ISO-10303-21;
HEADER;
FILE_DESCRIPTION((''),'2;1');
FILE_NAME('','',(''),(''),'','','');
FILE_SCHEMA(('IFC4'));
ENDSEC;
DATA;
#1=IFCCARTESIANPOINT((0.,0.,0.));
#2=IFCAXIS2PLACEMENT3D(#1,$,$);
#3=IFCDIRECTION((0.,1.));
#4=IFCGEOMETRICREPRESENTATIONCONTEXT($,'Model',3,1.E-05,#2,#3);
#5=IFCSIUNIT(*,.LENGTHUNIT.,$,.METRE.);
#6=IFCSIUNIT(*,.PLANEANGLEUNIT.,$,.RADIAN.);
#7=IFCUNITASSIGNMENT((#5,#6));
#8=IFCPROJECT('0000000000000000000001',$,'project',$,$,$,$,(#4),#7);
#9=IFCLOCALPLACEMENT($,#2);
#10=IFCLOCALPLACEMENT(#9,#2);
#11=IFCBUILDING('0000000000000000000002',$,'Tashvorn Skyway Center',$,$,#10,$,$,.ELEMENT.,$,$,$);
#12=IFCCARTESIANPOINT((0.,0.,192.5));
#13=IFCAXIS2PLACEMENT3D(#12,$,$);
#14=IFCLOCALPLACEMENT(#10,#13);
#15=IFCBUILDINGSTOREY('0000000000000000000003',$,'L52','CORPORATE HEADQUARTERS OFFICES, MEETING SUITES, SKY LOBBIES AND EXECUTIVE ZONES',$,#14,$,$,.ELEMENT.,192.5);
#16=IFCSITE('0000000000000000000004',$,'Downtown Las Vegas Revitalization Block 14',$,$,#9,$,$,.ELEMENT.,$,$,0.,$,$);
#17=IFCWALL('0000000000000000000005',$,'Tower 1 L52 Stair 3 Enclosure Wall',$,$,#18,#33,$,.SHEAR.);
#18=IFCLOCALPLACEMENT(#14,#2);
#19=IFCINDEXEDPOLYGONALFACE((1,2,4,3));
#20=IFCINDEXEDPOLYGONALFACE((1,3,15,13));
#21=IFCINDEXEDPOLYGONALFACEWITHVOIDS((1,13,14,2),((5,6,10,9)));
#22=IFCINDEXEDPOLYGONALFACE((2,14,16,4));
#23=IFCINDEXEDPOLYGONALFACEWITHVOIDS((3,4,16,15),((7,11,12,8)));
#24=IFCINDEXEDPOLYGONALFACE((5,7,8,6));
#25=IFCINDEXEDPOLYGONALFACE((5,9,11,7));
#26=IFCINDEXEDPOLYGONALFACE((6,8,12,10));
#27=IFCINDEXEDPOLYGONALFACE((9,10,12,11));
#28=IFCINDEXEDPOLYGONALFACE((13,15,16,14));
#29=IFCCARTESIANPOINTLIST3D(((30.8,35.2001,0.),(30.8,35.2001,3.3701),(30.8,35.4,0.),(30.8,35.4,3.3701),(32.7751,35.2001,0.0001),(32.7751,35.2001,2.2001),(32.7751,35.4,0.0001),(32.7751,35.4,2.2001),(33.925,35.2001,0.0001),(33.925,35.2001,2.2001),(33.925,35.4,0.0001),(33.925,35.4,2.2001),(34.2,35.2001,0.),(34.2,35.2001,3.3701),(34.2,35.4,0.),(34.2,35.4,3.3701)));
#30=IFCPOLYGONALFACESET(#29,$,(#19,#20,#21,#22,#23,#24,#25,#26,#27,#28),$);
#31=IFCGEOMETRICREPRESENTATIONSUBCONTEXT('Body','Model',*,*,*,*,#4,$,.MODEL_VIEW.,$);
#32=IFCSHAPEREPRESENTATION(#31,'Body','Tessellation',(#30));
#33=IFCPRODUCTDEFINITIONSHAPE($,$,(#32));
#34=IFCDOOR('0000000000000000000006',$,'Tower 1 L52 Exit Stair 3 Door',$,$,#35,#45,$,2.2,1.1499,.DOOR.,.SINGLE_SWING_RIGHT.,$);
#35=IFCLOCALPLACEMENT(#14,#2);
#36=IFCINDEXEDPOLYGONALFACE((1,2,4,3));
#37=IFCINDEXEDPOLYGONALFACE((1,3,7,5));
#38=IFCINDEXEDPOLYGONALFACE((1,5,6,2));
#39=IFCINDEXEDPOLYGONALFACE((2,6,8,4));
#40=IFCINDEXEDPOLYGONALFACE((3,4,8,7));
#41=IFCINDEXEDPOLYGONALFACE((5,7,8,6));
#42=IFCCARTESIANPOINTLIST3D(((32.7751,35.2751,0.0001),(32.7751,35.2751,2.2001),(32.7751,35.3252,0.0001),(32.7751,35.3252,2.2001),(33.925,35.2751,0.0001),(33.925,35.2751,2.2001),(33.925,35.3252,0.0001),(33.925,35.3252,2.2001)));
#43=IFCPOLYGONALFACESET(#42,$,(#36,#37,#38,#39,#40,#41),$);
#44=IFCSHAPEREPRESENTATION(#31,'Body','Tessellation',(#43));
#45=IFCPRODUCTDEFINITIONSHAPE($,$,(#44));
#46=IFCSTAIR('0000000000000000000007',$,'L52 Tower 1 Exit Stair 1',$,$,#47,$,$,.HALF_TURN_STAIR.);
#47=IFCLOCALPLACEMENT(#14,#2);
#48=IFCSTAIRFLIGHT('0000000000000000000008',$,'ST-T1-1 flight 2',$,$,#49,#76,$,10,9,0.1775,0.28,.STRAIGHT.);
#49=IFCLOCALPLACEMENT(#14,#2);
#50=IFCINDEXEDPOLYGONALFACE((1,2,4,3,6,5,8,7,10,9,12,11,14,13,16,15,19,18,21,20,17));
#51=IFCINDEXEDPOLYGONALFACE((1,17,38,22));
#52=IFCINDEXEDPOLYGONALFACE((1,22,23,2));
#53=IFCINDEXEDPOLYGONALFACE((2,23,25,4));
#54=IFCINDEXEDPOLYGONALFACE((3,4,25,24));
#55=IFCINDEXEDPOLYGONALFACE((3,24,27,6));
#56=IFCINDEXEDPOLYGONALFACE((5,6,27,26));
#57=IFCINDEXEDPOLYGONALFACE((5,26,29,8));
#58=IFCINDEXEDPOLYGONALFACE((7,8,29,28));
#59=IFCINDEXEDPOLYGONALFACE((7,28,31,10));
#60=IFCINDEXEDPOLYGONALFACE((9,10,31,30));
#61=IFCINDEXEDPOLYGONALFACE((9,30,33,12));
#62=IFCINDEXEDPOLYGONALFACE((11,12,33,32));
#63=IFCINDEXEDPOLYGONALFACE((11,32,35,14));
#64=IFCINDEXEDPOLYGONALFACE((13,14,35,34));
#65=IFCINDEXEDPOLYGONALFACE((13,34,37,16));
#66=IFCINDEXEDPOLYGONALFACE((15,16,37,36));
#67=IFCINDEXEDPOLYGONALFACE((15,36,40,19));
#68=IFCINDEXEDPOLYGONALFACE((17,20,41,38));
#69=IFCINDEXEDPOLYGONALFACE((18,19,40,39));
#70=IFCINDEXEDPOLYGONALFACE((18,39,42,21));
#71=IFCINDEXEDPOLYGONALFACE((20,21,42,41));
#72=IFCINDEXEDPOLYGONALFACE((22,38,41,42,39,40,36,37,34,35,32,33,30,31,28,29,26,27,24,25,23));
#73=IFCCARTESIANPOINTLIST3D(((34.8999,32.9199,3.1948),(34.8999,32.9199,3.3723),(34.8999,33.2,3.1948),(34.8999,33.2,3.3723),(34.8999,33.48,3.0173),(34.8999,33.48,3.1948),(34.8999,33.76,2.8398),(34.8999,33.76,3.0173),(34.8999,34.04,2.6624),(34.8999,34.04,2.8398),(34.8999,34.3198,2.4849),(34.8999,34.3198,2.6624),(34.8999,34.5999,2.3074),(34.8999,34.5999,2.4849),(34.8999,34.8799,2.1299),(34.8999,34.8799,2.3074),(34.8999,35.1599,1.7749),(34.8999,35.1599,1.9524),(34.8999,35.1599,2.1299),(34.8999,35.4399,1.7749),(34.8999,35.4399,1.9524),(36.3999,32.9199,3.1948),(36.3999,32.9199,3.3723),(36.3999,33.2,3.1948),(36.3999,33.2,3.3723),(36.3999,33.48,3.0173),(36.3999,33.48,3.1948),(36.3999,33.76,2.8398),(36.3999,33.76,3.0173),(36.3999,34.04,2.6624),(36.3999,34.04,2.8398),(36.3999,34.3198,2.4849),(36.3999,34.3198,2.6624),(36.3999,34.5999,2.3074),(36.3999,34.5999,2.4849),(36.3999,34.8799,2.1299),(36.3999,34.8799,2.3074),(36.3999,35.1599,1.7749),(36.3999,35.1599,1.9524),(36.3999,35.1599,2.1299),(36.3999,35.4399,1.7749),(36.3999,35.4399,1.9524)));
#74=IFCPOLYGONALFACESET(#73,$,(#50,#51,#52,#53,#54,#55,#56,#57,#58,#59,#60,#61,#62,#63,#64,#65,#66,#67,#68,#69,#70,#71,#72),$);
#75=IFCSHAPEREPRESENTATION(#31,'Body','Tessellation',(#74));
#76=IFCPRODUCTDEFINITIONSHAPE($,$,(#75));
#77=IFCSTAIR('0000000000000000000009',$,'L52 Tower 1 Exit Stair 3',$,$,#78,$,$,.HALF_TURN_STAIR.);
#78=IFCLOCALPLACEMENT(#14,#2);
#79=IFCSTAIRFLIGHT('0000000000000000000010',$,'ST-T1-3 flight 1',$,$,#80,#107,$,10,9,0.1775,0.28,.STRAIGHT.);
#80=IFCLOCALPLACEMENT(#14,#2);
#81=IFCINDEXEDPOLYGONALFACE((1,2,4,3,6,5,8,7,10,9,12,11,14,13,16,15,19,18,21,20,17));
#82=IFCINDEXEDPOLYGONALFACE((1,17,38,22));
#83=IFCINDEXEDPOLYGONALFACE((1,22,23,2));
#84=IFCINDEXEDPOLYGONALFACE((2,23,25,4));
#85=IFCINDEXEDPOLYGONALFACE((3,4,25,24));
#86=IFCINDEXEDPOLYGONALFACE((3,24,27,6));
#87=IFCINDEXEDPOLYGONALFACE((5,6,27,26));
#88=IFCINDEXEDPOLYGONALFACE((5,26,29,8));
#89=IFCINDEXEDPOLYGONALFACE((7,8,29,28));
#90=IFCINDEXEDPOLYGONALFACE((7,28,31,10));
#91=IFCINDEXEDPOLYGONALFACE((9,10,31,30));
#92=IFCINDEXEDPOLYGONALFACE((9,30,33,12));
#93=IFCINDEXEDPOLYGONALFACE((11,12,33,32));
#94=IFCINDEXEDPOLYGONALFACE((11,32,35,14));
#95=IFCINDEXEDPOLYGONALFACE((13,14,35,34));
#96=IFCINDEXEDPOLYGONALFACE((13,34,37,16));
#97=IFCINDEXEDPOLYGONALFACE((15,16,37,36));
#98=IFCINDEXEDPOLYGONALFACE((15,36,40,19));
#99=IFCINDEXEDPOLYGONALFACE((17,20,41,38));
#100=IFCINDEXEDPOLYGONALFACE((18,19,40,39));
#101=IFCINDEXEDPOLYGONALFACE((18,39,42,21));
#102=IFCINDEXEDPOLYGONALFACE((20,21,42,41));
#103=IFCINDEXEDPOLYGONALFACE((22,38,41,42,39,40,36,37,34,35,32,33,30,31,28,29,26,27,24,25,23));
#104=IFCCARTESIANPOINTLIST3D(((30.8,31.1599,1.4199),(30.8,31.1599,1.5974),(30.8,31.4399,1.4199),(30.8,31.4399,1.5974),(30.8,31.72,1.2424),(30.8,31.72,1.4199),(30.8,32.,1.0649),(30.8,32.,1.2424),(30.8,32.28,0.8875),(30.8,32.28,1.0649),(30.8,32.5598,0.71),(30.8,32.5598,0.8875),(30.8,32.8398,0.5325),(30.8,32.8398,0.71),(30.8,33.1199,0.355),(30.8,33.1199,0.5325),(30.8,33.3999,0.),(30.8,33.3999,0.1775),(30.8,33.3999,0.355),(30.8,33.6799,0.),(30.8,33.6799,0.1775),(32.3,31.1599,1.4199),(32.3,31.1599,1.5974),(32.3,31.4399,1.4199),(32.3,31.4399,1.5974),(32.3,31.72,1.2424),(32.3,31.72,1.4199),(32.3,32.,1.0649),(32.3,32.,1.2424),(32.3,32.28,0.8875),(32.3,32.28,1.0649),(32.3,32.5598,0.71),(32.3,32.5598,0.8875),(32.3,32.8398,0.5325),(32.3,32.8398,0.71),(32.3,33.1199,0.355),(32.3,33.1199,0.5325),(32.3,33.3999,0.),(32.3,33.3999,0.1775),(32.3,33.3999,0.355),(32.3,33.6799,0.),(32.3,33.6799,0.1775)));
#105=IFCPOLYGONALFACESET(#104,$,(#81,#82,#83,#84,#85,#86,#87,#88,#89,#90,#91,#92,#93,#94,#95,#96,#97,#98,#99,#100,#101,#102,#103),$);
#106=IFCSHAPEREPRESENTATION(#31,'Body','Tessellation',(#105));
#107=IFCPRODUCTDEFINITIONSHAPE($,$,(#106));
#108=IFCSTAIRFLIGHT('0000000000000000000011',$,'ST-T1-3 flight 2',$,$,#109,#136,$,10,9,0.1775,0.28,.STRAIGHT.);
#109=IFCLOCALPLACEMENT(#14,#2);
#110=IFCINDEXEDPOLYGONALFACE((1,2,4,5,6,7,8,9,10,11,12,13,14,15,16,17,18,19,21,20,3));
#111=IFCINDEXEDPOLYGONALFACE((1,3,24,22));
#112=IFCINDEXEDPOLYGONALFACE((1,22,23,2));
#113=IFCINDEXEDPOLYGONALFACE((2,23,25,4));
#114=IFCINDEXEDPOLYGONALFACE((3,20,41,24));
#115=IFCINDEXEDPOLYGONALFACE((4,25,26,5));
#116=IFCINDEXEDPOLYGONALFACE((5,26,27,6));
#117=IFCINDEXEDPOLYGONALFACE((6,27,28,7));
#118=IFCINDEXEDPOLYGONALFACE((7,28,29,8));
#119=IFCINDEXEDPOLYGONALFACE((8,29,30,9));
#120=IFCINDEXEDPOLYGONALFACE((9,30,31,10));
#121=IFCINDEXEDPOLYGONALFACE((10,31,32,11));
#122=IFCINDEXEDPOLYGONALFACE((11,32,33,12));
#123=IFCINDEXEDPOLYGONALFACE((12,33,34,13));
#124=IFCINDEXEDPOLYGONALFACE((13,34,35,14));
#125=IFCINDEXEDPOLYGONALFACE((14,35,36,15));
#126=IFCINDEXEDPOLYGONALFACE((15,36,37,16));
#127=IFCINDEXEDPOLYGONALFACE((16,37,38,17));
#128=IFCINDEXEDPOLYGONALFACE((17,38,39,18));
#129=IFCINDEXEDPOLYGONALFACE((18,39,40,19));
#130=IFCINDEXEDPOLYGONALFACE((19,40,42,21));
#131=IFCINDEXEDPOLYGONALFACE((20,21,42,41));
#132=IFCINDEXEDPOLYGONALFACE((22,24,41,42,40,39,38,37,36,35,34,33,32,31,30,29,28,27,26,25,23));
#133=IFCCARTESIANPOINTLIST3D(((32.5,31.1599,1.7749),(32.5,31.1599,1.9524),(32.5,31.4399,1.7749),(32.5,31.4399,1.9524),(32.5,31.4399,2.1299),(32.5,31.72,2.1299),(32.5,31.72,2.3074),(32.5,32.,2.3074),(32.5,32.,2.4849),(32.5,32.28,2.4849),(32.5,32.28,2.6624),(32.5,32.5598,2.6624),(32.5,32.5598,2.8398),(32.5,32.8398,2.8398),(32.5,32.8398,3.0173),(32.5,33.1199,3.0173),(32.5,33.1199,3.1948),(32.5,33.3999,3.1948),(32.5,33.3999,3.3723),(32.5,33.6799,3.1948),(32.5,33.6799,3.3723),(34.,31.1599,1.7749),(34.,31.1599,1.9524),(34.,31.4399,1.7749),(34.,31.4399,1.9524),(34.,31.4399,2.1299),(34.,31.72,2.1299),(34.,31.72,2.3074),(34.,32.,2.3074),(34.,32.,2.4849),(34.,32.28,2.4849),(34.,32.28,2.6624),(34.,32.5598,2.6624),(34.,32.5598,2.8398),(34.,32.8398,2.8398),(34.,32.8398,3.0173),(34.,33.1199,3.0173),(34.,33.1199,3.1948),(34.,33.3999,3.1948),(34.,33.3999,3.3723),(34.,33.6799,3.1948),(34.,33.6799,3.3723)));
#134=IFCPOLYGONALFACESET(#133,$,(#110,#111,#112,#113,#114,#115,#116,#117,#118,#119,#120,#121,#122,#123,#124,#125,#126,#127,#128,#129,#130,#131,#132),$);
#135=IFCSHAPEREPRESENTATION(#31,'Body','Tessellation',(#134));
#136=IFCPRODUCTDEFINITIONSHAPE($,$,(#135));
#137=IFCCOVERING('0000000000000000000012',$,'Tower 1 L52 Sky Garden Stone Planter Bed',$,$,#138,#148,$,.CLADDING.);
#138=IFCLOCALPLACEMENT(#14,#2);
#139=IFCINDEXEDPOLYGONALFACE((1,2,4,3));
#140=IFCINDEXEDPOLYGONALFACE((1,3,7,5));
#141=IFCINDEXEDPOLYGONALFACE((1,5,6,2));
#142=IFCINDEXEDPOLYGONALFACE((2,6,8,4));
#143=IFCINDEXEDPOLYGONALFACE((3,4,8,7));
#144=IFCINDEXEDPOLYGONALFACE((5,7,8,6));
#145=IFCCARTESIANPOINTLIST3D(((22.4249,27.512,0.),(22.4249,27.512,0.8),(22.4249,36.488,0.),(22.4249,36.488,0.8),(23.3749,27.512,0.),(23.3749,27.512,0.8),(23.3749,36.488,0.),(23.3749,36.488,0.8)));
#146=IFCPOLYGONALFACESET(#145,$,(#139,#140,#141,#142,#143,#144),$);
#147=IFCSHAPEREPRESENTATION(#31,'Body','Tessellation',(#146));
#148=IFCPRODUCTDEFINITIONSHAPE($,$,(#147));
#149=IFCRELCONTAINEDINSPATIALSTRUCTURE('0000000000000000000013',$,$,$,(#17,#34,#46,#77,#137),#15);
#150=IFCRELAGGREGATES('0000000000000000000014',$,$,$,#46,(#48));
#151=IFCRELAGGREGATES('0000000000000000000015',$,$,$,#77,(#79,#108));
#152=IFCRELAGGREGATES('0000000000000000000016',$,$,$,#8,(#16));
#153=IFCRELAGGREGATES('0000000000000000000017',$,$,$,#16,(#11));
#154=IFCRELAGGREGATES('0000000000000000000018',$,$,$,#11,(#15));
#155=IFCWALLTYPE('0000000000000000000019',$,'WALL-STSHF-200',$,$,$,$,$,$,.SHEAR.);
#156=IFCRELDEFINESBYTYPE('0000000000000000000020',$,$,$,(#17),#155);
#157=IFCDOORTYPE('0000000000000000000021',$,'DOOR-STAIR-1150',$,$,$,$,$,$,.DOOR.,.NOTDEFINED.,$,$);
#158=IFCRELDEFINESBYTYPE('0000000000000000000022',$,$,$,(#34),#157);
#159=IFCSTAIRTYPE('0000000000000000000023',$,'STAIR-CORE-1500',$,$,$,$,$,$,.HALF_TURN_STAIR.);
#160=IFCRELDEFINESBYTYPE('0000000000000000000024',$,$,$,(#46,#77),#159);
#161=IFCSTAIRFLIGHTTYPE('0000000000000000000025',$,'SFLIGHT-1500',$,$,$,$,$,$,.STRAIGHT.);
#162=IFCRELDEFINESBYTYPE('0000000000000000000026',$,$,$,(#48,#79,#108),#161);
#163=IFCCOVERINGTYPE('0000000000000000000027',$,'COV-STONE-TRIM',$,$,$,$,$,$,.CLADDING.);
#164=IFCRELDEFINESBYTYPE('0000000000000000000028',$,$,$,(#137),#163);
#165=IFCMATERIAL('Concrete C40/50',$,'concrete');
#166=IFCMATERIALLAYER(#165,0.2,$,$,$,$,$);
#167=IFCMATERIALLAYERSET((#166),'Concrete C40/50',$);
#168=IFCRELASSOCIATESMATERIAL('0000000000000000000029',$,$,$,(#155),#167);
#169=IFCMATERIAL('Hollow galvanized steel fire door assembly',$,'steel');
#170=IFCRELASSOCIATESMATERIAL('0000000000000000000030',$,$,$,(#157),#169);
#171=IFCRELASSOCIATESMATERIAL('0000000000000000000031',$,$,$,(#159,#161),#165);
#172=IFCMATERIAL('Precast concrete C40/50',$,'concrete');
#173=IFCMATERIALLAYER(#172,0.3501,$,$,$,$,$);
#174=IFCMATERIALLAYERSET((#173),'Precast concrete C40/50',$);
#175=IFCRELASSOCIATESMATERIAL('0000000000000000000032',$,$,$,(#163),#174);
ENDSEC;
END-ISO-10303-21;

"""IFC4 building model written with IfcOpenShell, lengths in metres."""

from ifc_helpers import new_model, si_unit, direction, frame, frame_2d, origin, origin_2d, place, context, subcontext, project, spatial, polyline, rectangle, outline, extrude, material, layer, layer_set, type_object, element, fill, aggregate, save


model = new_model("IFC4")

# Units and contexts
model_context = context("Model", 3, precision=1e-05, world=origin(), true_north=direction((0.0, 1.0)))
body_context = subcontext(model_context, "Body", "Model", "MODEL_VIEW")
ifc_project = project(units=[si_unit("LENGTHUNIT", "METRE"), si_unit("PLANEANGLEUNIT", "RADIAN")], contexts=[model_context])

# Site, building, storey
site_placement = place(None, origin())
site = spatial("IfcSite", under=ifc_project, at=site_placement, Name="Downtown Las Vegas Revitalization Block 14", CompositionType="ELEMENT", RefElevation=0.0)
building_placement = place(site_placement, origin())
building = spatial("IfcBuilding", under=site, at=building_placement, Name="Tashvorn Skyway Center", CompositionType="ELEMENT")
storey_placement = place(building_placement, frame((0.0, 0.0, 192.5)))
storey = spatial("IfcBuildingStorey", under=building, at=storey_placement, Name="L52", Description="CORPORATE HEADQUARTERS OFFICES, MEETING SUITES, SKY LOBBIES AND EXECUTIVE ZONES", CompositionType="ELEMENT", Elevation=192.5)

# Shared definitions
ifc_material_1 = material(Name="Concrete C40/50", Category="concrete")
ifc_layer_1 = layer(ifc_material_1, 0.2)
ifc_layer_set_1 = layer_set([ifc_layer_1], Name="Concrete C40/50")
wall_type_1 = type_object("IfcWallType", Name="WALL-STSHF-200", PredefinedType="SHEAR", material=ifc_layer_set_1)

# Wall, opening, door
wall_1_placement = place(storey_placement, frame((34.2, 35.3, 0.0), z_axis=(0.0, 0.0, 1.0), x_axis=(-1.0, 0.0, 0.0)))
wall_1 = element("IfcWall", 1, at=wall_1_placement, inside=storey, type_object=wall_type_1, Name="Tower 1 L52 Stair 3 Enclosure Wall", PredefinedType="SHEAR", context=body_context, shape_type="SweptSolid", body=[
    extrude(rectangle(XDim=3.3999, YDim=0.2, at=frame_2d((1.7, 0.0))), origin(), (0.0, 0.0, 1.0), 3.3701),
])
opening_placement = place(wall_1_placement, frame((0.2749, 0.0, 0.0)))
opening = element("IfcOpeningElement", 2, at=opening_placement, cuts=wall_1, PredefinedType="OPENING", context=body_context, shape_type="SweptSolid", body=[
    extrude(rectangle(XDim=1.1499, YDim=2.2, at=frame_2d((0.575, 1.1001))), frame((0.0, 0.1099, 0.0), z_axis=(0.0, -1.0, 0.0), x_axis=(1.0, 0.0, 0.0)), (0.0, 0.0, 1.0), 0.22),
])
ifc_material_2 = material(Name="Hollow galvanized steel fire door assembly", Category="steel")
door_type = type_object("IfcDoorType", Name="DOOR-STAIR-1150", OperationType="NOTDEFINED", PredefinedType="DOOR", material=ifc_material_2)
door_placement = place(opening_placement, origin())
door = element("IfcDoor", 3, at=door_placement, inside=storey, type_object=door_type, Name="Tower 1 L52 Exit Stair 3 Door", OperationType="SINGLE_SWING_RIGHT", OverallHeight=2.2, OverallWidth=1.1499, PredefinedType="DOOR", context=body_context, shape_type="SweptSolid", body=[
    extrude(rectangle(XDim=1.1499, YDim=2.2, at=frame_2d((0.575, 1.1001))), frame((0.0, 0.0249, 0.0), z_axis=(0.0, -1.0, 0.0), x_axis=(1.0, 0.0, 0.0)), (0.0, 0.0, 1.0), 0.05),
])
fill(opening, door)

# Stair, stair flight
stair_type = type_object("IfcStairType", Name="STAIR-CORE-1500", PredefinedType="HALF_TURN_STAIR", material=ifc_material_1)
stair_1_placement = place(storey_placement, origin())
stair_1 = element("IfcStair", 4, at=stair_1_placement, inside=storey, type_object=stair_type, Name="L52 Tower 1 Exit Stair 1", PredefinedType="HALF_TURN_STAIR")
stair_flight_type = type_object("IfcStairFlightType", Name="SFLIGHT-1500", PredefinedType="STRAIGHT", material=ifc_material_1)
stair_flight_1_placement = place(storey_placement, frame((35.6499, 35.4399, 1.7749), z_axis=(0.0, 0.0, 1.0), x_axis=(0.0, -1.0, 0.0)))
stair_flight_1 = element("IfcStairFlight", 5, at=stair_flight_1_placement, type_object=stair_flight_type, Name="ST-T1-1 flight 2", NumberOfRisers=10, NumberOfTreads=9, PredefinedType="STRAIGHT", RiserHeight=0.1775, TreadLength=0.28, context=body_context, shape_type="SweptSolid", body=[
    extrude(outline(polyline([(0.0, 0.0), (0.0, 0.1775), (0.28, 0.1775), (0.28, 0.355), (0.5601, 0.355), (0.5601, 0.5325), (0.8401, 0.5325), (0.8401, 0.71), (1.1201, 0.71), (1.1201, 0.8875), (1.3999, 0.8875), (1.3999, 1.0649), (1.6799, 1.0649), (1.6799, 1.2424), (1.96, 1.2424), (1.96, 1.4199), (2.24, 1.4199), (2.24, 1.5974), (2.52, 1.5974), (2.52, 1.7749), (2.52, 1.4199), (0.28, 0.0), (0.0, 0.0)])), frame((0.0, 0.75, 0.0), z_axis=(0.0, -1.0, 0.0), x_axis=(1.0, 0.0, 0.0)), (0.0, 0.0, 1.0), 1.5),
])
aggregate(stair_1, [stair_flight_1])

# Stair, stair flights
stair_2_placement = place(storey_placement, origin())
stair_2 = element("IfcStair", 6, at=stair_2_placement, inside=storey, type_object=stair_type, Name="L52 Tower 1 Exit Stair 3", PredefinedType="HALF_TURN_STAIR")
stair_flight_2_placement = place(storey_placement, frame((31.55, 33.6799, 0.0), z_axis=(0.0, 0.0, 1.0), x_axis=(0.0, -1.0, 0.0)))
stair_flight_2 = element("IfcStairFlight", 7, at=stair_flight_2_placement, type_object=stair_flight_type, Name="ST-T1-3 flight 1", NumberOfRisers=10, NumberOfTreads=9, PredefinedType="STRAIGHT", RiserHeight=0.1775, TreadLength=0.28, context=body_context, shape_type="SweptSolid", body=[
    extrude(outline(polyline([(0.0, 0.0), (0.0, 0.1775), (0.28, 0.1775), (0.28, 0.355), (0.5601, 0.355), (0.5601, 0.5325), (0.8401, 0.5325), (0.8401, 0.71), (1.1201, 0.71), (1.1201, 0.8875), (1.3999, 0.8875), (1.3999, 1.0649), (1.6799, 1.0649), (1.6799, 1.2424), (1.96, 1.2424), (1.96, 1.4199), (2.24, 1.4199), (2.24, 1.5974), (2.52, 1.5974), (2.52, 1.7749), (2.52, 1.4199), (0.28, 0.0), (0.0, 0.0)])), frame((0.0, 0.75, 0.0), z_axis=(0.0, -1.0, 0.0), x_axis=(1.0, 0.0, 0.0)), (0.0, 0.0, 1.0), 1.5),
])
stair_flight_3_placement = place(storey_placement, frame((33.25, 31.1599, 1.7749), z_axis=(0.0, 0.0, 1.0), x_axis=(0.0, 1.0, 0.0)))
stair_flight_3 = element("IfcStairFlight", 8, at=stair_flight_3_placement, type_object=stair_flight_type, Name="ST-T1-3 flight 2", NumberOfRisers=10, NumberOfTreads=9, PredefinedType="STRAIGHT", RiserHeight=0.1775, TreadLength=0.28, context=body_context, shape_type="SweptSolid", body=[
    extrude(outline(polyline([(0.0, 0.0), (0.0, 0.1775), (0.28, 0.1775), (0.28, 0.355), (0.5601, 0.355), (0.5601, 0.5325), (0.8401, 0.5325), (0.8401, 0.71), (1.1201, 0.71), (1.1201, 0.8875), (1.3999, 0.8875), (1.3999, 1.0649), (1.6799, 1.0649), (1.6799, 1.2424), (1.96, 1.2424), (1.96, 1.4199), (2.24, 1.4199), (2.24, 1.5974), (2.52, 1.5974), (2.52, 1.7749), (2.52, 1.4199), (0.28, 0.0), (0.0, 0.0)])), frame((0.0, 0.75, 0.0), z_axis=(0.0, -1.0, 0.0), x_axis=(1.0, 0.0, 0.0)), (0.0, 0.0, 1.0), 1.5),
])
aggregate(stair_2, [stair_flight_2, stair_flight_3])

# Covering
ifc_material_3 = material(Name="Precast concrete C40/50", Category="concrete")
ifc_layer_2 = layer(ifc_material_3, 0.3501)
ifc_layer_set_2 = layer_set([ifc_layer_2], Name="Precast concrete C40/50")
covering_type = type_object("IfcCoveringType", Name="COV-STONE-TRIM", PredefinedType="CLADDING", material=ifc_layer_set_2)
covering_placement = place(storey_placement, frame((22.8999, 32.0, 0.0), z_axis=(0.0, 0.0, 1.0), x_axis=(0.0, 1.0, 0.0)))
element("IfcCovering", 9, at=covering_placement, inside=storey, type_object=covering_type, Name="Tower 1 L52 Sky Garden Stone Planter Bed", PredefinedType="CLADDING", context=body_context, shape_type="SweptSolid", body=[
    extrude(rectangle(XDim=8.9761, YDim=0.95, at=origin_2d()), origin(), (0.0, 0.0, 1.0), 0.8),
])

save(model, "model.ifc")
